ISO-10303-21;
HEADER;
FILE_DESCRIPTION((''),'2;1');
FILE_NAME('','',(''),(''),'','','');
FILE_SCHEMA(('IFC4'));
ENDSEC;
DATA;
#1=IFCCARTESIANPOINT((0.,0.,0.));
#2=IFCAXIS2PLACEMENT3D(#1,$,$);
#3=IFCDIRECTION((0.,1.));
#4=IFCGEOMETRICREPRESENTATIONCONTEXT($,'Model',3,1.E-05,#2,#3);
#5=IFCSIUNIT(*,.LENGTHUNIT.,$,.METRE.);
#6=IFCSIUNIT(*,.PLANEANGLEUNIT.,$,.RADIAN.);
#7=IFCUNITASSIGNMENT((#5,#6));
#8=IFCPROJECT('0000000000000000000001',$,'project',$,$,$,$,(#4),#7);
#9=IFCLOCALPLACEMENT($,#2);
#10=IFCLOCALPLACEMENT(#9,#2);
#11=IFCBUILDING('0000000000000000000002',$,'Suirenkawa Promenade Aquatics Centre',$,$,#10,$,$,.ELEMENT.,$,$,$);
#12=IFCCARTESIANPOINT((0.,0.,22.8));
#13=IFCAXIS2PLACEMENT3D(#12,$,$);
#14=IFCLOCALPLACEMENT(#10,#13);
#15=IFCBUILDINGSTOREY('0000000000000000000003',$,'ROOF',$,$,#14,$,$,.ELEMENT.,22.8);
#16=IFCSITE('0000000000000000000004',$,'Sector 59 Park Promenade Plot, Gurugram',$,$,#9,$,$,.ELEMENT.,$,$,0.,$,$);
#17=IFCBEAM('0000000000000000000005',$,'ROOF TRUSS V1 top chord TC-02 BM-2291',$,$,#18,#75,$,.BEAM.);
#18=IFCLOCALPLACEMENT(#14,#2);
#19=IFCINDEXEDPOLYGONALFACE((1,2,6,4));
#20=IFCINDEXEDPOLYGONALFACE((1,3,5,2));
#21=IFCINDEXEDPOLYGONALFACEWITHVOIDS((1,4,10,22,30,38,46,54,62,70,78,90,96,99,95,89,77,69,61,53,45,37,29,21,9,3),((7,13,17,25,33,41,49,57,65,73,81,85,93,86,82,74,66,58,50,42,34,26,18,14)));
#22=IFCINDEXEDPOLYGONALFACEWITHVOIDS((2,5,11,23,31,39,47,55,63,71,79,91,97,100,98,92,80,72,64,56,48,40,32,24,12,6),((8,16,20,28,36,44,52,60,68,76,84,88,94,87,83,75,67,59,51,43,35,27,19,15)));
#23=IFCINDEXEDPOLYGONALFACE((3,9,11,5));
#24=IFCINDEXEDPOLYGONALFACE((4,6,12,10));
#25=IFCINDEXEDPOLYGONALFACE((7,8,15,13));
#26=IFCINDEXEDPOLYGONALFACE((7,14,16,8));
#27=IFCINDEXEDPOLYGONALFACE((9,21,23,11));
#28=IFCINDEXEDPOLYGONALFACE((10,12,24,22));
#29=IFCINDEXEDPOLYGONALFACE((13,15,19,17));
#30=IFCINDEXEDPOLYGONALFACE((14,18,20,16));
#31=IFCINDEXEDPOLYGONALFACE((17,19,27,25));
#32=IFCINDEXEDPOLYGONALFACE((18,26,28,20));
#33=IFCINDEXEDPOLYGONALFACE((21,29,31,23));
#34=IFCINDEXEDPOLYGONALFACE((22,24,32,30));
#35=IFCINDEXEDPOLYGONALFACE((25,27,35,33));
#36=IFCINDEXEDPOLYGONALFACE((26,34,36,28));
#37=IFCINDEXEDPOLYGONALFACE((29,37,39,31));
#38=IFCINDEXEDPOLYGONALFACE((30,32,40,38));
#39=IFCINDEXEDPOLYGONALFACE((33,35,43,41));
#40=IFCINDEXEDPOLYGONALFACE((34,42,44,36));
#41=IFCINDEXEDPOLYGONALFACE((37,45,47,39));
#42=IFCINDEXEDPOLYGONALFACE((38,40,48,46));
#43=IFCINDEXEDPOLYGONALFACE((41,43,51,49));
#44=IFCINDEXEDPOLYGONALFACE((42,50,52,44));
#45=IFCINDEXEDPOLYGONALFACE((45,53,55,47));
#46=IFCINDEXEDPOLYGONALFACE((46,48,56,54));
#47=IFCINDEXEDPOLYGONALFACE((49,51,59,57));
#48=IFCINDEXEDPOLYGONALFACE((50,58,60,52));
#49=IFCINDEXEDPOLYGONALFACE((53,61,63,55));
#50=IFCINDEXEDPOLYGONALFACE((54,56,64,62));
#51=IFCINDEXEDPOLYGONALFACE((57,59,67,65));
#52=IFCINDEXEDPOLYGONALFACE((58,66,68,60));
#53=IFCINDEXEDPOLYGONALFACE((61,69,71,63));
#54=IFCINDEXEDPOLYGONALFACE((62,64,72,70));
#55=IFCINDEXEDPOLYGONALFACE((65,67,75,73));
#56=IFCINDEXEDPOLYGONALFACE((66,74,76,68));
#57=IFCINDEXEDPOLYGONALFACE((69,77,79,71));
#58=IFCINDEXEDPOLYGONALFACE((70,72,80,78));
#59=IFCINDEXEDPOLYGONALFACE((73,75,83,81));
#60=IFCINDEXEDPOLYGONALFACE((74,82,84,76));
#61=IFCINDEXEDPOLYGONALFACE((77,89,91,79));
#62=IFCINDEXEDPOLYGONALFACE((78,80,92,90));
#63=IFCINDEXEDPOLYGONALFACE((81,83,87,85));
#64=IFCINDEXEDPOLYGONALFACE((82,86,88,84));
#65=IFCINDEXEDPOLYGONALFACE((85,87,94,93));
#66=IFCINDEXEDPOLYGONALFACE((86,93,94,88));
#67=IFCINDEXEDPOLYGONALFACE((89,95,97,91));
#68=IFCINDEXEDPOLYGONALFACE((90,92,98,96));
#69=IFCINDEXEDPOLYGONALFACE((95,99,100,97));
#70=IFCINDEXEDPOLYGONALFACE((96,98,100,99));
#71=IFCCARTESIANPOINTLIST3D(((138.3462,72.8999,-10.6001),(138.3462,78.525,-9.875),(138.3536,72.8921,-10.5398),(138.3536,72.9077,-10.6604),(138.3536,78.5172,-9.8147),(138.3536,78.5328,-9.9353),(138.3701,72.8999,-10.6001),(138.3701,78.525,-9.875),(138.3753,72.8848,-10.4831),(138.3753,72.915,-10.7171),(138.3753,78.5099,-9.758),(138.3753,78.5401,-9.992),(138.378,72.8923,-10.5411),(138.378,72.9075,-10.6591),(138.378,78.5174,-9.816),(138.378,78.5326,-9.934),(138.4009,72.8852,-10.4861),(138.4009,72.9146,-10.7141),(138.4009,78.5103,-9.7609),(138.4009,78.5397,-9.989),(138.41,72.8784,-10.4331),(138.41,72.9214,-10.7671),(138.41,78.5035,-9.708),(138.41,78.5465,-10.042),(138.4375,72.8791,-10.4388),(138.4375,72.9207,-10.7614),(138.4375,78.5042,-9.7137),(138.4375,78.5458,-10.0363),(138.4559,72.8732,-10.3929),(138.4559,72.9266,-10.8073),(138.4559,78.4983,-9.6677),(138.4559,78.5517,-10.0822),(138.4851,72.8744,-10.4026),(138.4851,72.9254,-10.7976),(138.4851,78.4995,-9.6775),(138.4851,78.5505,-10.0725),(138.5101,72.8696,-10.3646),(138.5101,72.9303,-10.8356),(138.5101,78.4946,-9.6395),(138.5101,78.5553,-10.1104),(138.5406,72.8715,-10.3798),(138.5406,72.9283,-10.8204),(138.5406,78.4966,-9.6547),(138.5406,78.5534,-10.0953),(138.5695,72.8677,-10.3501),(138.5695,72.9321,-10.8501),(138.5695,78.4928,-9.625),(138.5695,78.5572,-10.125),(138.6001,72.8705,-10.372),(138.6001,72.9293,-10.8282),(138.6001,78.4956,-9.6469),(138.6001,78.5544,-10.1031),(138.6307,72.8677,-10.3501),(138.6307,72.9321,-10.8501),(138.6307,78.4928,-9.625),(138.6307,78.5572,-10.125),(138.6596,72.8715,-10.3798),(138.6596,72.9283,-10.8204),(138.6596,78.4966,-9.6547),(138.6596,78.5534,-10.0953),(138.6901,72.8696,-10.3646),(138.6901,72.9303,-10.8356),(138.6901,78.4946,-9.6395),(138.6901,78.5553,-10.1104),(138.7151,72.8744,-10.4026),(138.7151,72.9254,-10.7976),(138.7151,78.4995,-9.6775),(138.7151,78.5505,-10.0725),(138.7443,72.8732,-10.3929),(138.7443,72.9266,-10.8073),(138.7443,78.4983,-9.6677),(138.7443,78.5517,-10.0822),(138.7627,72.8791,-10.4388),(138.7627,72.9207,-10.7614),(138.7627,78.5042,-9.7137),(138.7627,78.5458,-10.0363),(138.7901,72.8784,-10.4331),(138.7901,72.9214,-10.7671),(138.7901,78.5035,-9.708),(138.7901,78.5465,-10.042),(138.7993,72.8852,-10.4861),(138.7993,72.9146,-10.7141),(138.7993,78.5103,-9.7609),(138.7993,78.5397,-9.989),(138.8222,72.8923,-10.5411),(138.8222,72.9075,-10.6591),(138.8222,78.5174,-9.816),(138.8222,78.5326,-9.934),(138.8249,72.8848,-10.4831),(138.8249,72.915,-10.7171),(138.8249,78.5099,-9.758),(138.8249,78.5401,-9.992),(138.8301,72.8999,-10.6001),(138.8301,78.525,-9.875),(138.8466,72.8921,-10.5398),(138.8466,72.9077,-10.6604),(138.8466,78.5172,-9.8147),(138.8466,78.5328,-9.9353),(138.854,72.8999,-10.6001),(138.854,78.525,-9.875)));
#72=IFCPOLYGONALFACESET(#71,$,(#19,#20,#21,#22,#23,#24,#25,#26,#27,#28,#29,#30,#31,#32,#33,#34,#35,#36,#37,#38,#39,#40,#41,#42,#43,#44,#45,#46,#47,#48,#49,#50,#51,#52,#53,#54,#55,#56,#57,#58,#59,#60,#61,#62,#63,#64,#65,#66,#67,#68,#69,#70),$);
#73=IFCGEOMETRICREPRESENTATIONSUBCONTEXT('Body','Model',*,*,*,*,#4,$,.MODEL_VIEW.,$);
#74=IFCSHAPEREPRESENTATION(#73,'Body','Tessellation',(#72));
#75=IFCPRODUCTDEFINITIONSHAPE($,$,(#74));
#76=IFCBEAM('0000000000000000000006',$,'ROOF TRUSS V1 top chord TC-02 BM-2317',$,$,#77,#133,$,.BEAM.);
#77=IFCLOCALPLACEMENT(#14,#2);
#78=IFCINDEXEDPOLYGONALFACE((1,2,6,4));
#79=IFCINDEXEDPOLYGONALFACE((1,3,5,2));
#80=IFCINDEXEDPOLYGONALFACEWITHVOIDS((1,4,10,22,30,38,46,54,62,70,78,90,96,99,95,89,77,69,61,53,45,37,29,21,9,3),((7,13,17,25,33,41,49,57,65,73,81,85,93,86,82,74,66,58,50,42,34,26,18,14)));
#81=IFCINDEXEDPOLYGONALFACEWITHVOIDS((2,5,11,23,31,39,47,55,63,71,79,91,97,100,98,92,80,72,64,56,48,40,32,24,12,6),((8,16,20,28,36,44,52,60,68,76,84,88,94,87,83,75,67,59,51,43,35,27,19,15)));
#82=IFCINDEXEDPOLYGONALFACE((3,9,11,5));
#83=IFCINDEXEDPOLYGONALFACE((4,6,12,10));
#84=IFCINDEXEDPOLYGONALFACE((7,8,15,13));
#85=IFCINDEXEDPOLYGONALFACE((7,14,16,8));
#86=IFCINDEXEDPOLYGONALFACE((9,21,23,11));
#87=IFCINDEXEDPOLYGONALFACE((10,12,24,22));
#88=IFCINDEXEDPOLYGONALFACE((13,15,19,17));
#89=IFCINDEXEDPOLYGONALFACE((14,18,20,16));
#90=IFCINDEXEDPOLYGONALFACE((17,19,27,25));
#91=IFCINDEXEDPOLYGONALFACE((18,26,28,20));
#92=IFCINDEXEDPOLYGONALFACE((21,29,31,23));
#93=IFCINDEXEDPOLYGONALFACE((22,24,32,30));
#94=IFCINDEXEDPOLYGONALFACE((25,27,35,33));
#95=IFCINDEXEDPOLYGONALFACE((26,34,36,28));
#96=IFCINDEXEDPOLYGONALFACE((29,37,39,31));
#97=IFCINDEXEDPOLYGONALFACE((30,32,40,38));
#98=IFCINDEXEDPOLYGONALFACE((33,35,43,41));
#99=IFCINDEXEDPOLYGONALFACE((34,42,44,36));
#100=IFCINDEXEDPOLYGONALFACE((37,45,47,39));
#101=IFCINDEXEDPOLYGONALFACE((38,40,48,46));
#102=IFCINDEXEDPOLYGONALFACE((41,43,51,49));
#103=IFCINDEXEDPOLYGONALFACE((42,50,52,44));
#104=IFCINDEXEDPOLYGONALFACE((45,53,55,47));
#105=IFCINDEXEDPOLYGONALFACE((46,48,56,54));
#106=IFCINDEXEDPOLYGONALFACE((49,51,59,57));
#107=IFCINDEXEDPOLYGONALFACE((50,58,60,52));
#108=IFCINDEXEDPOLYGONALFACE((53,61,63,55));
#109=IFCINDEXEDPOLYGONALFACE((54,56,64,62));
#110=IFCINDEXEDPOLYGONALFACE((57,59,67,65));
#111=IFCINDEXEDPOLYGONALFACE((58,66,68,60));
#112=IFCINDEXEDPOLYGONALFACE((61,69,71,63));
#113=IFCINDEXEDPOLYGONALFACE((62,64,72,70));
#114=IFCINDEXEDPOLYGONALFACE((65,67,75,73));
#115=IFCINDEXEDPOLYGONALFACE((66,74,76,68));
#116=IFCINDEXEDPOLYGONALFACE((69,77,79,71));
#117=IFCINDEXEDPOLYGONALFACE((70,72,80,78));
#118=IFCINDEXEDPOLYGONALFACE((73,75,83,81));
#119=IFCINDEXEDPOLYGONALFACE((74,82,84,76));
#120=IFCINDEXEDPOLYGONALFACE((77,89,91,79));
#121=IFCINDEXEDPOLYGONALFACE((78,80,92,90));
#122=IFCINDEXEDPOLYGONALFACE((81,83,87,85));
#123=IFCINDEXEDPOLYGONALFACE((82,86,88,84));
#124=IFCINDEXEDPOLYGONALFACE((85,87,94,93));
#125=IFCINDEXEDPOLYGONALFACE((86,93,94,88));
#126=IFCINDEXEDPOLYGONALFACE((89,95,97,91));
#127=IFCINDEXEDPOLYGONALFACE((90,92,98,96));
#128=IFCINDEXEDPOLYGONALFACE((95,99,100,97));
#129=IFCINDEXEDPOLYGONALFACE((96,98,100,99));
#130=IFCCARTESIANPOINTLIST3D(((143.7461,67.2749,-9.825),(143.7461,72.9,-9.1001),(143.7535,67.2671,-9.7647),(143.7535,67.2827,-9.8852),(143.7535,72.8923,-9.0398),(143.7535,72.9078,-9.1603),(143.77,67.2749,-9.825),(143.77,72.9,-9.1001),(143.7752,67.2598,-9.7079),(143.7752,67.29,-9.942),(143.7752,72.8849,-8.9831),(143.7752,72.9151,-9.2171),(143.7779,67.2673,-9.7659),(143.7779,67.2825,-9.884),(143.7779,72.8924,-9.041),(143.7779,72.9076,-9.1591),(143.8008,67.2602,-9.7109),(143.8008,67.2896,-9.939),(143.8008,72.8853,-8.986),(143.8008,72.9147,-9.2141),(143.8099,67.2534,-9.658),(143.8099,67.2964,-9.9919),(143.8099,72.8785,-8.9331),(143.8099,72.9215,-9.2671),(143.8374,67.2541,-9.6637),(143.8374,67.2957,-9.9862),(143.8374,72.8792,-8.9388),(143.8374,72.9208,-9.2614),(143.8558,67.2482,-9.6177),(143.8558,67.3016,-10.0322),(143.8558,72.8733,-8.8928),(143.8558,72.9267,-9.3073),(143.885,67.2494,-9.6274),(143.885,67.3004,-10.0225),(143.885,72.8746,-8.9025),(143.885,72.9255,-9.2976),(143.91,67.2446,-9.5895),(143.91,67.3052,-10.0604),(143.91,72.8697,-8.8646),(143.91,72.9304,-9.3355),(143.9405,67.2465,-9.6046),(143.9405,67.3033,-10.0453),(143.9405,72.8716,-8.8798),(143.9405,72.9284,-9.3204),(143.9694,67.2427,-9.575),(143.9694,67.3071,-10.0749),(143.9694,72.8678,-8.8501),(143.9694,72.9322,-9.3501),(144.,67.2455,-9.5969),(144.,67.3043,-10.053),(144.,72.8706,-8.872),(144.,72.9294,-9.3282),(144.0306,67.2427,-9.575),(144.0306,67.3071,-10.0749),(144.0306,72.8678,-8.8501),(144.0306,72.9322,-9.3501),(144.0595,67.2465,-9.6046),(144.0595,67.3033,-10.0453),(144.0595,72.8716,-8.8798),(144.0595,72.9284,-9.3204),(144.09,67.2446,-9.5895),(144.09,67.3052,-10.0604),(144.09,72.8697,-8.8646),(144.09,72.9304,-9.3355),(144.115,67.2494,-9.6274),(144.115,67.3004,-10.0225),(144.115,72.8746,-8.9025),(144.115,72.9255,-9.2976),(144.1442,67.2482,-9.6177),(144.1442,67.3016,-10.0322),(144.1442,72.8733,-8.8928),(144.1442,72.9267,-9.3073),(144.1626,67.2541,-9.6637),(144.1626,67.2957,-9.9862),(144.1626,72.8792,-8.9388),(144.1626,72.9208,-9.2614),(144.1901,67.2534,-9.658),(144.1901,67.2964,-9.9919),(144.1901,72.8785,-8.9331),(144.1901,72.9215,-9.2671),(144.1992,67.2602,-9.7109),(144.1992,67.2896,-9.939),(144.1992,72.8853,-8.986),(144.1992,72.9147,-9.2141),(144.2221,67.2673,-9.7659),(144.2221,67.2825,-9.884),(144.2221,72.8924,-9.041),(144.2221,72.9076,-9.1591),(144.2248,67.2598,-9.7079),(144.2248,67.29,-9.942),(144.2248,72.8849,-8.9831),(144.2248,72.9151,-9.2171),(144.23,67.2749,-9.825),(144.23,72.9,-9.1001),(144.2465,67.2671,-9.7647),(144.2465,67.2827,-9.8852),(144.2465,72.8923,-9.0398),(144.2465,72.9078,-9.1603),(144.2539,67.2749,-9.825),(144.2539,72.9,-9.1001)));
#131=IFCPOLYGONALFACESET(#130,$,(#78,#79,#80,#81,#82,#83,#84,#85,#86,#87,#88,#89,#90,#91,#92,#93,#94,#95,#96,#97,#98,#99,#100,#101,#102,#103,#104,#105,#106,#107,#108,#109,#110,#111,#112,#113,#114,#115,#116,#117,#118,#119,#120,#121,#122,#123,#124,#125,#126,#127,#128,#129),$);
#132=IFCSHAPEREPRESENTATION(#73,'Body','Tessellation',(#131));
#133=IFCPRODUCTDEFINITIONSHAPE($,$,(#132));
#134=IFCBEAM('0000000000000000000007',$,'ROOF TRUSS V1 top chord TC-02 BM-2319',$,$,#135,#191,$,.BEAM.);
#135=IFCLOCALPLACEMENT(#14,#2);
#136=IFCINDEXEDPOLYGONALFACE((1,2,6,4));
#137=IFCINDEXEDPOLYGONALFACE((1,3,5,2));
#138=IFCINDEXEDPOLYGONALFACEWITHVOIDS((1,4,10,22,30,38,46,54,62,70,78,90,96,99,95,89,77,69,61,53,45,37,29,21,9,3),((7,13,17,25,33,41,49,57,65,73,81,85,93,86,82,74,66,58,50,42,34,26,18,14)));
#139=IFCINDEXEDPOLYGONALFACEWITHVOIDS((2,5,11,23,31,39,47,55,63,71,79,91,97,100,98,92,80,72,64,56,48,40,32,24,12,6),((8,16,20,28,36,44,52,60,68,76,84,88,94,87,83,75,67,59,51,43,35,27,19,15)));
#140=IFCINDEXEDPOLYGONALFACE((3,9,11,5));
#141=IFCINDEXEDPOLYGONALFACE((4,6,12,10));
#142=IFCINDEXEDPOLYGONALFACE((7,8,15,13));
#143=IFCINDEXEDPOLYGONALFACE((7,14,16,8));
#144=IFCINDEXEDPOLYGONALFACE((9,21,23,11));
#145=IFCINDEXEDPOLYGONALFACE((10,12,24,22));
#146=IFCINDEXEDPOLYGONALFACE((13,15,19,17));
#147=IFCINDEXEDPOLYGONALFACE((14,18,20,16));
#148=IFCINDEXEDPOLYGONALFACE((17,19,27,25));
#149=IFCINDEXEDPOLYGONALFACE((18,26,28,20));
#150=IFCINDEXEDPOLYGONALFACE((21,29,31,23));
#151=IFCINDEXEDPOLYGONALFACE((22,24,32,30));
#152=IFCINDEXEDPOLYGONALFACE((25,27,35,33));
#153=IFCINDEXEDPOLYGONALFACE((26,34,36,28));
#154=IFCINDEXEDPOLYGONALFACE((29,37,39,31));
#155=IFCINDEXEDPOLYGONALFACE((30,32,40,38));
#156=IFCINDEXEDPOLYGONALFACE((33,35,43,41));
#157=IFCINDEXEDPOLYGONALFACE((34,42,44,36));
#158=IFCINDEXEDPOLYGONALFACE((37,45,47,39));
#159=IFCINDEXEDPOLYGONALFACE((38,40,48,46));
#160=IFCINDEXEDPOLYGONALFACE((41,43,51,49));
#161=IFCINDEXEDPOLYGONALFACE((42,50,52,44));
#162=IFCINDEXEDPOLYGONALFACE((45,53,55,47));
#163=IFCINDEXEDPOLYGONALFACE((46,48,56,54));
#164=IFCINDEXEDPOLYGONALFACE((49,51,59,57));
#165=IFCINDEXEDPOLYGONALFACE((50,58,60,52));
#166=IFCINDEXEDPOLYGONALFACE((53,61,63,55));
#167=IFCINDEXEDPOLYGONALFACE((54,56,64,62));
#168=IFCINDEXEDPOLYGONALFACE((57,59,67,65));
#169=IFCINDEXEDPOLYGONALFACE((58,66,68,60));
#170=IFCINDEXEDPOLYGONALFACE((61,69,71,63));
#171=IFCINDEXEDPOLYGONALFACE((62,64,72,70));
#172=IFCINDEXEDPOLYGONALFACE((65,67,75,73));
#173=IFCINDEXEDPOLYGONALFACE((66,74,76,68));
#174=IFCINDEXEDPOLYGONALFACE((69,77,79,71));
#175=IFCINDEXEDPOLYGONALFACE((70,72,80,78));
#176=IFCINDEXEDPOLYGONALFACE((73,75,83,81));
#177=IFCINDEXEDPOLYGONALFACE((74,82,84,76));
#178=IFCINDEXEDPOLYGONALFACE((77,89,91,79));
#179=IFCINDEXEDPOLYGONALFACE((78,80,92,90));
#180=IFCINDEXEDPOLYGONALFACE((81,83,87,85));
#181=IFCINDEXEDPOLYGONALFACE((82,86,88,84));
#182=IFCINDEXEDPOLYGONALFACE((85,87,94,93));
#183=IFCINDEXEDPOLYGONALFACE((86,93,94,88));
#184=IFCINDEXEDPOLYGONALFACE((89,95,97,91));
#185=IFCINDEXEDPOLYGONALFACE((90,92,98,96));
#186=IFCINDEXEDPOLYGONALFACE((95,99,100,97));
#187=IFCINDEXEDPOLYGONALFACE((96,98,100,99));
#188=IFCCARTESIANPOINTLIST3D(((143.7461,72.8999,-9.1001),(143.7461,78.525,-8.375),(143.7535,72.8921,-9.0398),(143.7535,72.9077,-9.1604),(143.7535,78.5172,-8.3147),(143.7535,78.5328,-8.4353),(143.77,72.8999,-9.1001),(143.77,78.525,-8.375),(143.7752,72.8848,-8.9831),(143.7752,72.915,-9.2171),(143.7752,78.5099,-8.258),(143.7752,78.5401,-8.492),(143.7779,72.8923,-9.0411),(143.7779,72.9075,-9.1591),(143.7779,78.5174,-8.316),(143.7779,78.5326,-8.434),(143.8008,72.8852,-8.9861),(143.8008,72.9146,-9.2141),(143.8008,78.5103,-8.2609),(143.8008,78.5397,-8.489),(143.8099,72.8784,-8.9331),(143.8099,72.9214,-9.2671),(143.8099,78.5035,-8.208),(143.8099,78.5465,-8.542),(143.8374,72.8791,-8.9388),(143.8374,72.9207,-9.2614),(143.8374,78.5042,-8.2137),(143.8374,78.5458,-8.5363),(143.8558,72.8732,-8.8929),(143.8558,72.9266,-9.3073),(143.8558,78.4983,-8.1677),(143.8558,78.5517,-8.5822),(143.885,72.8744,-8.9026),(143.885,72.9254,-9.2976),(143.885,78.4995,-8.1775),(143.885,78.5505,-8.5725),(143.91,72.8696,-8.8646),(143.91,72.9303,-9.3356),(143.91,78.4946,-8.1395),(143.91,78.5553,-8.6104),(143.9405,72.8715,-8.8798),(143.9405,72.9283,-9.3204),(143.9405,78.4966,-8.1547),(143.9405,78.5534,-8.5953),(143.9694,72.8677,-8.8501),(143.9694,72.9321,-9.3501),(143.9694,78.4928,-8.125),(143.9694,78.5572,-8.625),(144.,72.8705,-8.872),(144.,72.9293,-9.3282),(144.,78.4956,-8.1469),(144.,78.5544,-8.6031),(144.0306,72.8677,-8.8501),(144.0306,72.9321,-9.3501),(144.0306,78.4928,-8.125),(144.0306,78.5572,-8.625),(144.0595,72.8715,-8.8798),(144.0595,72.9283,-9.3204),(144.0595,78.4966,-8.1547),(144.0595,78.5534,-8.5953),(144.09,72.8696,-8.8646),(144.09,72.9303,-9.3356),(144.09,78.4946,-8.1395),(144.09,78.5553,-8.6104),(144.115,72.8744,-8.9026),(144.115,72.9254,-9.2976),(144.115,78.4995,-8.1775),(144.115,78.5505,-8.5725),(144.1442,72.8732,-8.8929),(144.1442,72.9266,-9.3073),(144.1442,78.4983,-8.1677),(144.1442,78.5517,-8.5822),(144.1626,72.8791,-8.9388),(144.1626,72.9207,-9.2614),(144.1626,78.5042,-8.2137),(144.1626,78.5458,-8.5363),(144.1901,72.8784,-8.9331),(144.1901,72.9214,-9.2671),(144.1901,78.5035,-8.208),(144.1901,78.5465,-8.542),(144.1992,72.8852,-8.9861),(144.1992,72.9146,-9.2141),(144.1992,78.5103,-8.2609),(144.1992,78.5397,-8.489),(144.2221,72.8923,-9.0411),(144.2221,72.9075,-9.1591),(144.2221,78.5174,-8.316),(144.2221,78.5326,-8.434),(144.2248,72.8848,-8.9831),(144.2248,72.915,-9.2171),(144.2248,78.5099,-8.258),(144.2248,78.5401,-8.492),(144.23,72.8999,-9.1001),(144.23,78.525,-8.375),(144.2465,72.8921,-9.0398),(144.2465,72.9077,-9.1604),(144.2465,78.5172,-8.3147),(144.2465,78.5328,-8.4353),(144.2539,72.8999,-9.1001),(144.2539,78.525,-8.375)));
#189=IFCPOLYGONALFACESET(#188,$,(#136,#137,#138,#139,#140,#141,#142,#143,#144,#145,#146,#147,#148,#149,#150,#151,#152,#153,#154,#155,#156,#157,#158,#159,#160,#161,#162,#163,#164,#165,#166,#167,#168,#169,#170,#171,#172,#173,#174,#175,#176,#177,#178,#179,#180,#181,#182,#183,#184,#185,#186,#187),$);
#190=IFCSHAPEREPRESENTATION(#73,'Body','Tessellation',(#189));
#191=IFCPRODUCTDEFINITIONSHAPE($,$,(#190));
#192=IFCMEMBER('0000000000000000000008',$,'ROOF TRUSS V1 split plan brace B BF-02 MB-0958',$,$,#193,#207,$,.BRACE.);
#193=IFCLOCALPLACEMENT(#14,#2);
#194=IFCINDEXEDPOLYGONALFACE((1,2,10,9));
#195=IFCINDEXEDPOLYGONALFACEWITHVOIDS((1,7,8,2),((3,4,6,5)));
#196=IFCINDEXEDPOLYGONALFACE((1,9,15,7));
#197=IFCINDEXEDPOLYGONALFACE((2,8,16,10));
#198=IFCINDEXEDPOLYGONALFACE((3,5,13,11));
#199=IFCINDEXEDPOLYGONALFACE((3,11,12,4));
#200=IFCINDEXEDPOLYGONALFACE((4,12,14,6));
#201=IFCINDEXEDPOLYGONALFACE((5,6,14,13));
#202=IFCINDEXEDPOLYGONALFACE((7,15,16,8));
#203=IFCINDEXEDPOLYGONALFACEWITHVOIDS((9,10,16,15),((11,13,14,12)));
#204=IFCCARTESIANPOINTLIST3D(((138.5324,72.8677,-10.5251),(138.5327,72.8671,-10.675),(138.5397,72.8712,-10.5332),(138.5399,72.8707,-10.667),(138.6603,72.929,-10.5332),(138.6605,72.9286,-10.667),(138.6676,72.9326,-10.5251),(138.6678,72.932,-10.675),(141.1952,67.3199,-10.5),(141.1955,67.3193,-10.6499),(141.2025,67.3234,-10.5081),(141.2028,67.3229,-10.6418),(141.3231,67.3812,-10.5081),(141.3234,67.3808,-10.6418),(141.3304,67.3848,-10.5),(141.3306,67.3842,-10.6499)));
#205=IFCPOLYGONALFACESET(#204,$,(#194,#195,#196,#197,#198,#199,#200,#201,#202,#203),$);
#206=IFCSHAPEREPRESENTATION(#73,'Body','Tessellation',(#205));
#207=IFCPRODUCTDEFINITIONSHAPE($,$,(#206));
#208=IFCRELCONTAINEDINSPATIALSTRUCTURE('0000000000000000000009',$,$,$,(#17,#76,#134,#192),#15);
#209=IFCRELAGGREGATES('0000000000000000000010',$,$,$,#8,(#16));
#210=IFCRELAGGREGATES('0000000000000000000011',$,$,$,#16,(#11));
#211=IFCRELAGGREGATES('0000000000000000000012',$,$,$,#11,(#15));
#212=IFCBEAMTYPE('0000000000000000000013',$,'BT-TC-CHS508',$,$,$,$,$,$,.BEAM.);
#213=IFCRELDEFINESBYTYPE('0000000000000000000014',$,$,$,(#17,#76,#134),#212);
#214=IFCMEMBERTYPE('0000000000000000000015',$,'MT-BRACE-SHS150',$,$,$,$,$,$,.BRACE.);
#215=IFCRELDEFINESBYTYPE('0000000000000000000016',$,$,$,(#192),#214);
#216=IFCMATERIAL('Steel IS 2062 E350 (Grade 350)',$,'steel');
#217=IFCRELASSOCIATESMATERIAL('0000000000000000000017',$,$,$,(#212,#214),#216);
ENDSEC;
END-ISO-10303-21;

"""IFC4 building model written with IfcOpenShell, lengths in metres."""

from ifc_helpers import new_model, si_unit, direction, frame, origin, origin_2d, place, context, subcontext, project, spatial, hollow_rectangle, hollow_circle, extrude, material, material_profile, profile_set, type_object, element, save


model = new_model("IFC4")

# Units and contexts
model_context = context("Model", 3, precision=1e-05, world=origin(), true_north=direction((0.0, 1.0)))
body_context = subcontext(model_context, "Body", "Model", "MODEL_VIEW")
ifc_project = project(units=[si_unit("LENGTHUNIT", "METRE"), si_unit("PLANEANGLEUNIT", "RADIAN")], contexts=[model_context])

# Site, building, storey
site_placement = place(None, origin())
site = spatial("IfcSite", under=ifc_project, at=site_placement, Name="Sector 59 Park Promenade Plot, Gurugram", CompositionType="ELEMENT", RefElevation=0.0)
building_placement = place(site_placement, origin())
building = spatial("IfcBuilding", under=site, at=building_placement, Name="Suirenkawa Promenade Aquatics Centre", CompositionType="ELEMENT")
storey_placement = place(building_placement, frame((0.0, 0.0, 22.8)))
storey = spatial("IfcBuildingStorey", under=building, at=storey_placement, Name="ROOF", CompositionType="ELEMENT", Elevation=22.8)

# Beams
ifc_material = material(Name="Steel IS 2062 E350 (Grade 350)", Category="steel")
ifc_material_profile_1 = material_profile(ifc_material, hollow_circle(Radius=0.2539, WallThickness=0.0239, at=origin_2d()), Name="CHS 508x24", Category="steel")
ifc_profile_set_1 = profile_set([ifc_material_profile_1], Name="Steel IS 2062 E350 (Grade 350)")
beam_type_1 = type_object("IfcBeamType", Name="BT-TC-CHS508", PredefinedType="BEAM", material=ifc_profile_set_1)
for number, where, z_axis, x_axis, name in (
    (1, (138.6001, 72.8999, -10.6001), (0.0, 0.991794, 0.127848), (-1.0, 0.0, 0.0), "ROOF TRUSS V1 top chord TC-02 BM-2291"),
    (2, (144.0, 67.2749, -9.825), (0.0, 0.991799, 0.127806), (-1.0, 0.0, 0.0), "ROOF TRUSS V1 top chord TC-02 BM-2317"),
    (3, (144.0, 72.8999, -9.1001), (0.0, 0.991794, 0.127848), (-1.0, 0.0, 0.0), "ROOF TRUSS V1 top chord TC-02 BM-2319"),
):
    element("IfcBeam", number, at=place(storey_placement, frame(where, z_axis=z_axis, x_axis=x_axis)), inside=storey, type_object=beam_type_1, Name=name, PredefinedType="BEAM", context=body_context, shape_type="SweptSolid", body=[
        extrude(hollow_circle(Radius=0.2539, WallThickness=0.0239, at=origin_2d()), origin(), (0.0, 0.0, 1.0), 5.6716),
    ])

# Member
ifc_material_profile_2 = material_profile(ifc_material, hollow_rectangle(XDim=0.1499, YDim=0.1499, WallThickness=0.0081, at=origin_2d()), Name="SHS 150x150x8", Category="steel")
ifc_profile_set_2 = profile_set([ifc_material_profile_2], Name="Steel IS 2062 E350 (Grade 350)")
member_type_1 = type_object("IfcMemberType", Name="MT-BRACE-SHS150", PredefinedType="BRACE", material=ifc_profile_set_2)
member_1_placement = place(storey_placement, frame((141.2629, 67.3521, -10.575), z_axis=(-0.432711, 0.901524, -0.004086), x_axis=(-0.901531, -0.432714, 0.0)))
element("IfcMember", 4, at=member_1_placement, inside=storey, type_object=member_type_1, Name="ROOF TRUSS V1 split plan brace B BF-02 MB-0958", PredefinedType="BRACE", context=body_context, shape_type="SweptSolid", body=[
    extrude(hollow_rectangle(XDim=0.1499, YDim=0.1499, WallThickness=0.0081, at=origin_2d()), origin(), (0.0, 0.0, 1.0), 6.1538),
])

save(model, "model.ifc")
